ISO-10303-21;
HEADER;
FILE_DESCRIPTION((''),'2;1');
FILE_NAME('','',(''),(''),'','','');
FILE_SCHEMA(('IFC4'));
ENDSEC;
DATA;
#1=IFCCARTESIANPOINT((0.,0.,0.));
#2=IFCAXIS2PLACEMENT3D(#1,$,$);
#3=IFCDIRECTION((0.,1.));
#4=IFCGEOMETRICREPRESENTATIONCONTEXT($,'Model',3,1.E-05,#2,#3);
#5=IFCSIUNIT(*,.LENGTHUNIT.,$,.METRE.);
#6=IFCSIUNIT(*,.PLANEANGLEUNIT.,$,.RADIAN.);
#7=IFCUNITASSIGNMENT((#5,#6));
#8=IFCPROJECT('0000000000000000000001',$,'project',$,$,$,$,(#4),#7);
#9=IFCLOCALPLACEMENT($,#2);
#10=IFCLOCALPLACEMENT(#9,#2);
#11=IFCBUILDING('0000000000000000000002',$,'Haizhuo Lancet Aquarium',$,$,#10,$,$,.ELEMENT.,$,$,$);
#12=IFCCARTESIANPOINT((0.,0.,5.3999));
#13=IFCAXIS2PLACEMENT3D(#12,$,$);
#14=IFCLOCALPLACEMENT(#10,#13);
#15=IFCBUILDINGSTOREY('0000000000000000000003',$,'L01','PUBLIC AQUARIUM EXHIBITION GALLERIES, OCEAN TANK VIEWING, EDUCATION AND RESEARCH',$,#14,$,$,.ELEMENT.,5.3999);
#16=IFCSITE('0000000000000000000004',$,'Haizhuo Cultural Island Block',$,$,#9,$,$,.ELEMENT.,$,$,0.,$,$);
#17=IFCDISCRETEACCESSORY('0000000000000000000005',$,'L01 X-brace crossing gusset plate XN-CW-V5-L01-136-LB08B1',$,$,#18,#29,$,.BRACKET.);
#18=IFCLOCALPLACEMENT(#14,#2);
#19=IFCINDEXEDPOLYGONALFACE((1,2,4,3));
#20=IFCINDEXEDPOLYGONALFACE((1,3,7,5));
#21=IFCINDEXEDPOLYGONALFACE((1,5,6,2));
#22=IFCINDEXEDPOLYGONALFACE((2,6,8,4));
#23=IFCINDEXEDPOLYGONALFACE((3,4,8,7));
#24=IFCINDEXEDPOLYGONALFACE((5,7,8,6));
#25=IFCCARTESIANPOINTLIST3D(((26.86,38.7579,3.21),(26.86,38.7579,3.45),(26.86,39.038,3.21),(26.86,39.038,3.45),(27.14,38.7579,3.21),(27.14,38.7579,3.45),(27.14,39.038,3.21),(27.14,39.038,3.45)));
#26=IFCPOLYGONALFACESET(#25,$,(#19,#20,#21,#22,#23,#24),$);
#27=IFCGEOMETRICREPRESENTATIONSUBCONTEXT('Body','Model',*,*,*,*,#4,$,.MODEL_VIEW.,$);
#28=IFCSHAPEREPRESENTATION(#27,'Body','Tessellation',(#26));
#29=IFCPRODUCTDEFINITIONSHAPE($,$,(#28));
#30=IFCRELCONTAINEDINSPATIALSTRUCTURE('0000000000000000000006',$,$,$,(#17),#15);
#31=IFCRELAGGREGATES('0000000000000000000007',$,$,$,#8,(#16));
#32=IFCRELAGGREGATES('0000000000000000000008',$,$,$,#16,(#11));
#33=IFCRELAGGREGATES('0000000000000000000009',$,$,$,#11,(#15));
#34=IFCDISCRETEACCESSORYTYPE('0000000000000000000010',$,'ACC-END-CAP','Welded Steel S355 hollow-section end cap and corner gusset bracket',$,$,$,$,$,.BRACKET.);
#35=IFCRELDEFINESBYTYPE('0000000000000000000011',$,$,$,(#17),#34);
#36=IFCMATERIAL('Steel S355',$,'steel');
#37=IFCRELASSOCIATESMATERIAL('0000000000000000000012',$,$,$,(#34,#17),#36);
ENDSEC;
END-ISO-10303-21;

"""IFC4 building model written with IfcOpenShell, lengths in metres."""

from ifc_helpers import new_model, si_unit, direction, frame, origin, origin_2d, place, context, subcontext, project, spatial, rectangle, extrude, material, type_object, element, save


model = new_model("IFC4")

# Units and contexts
model_context = context("Model", 3, precision=1e-05, world=origin(), true_north=direction((0.0, 1.0)))
body_context = subcontext(model_context, "Body", "Model", "MODEL_VIEW")
ifc_project = project(units=[si_unit("LENGTHUNIT", "METRE"), si_unit("PLANEANGLEUNIT", "RADIAN")], contexts=[model_context])

# Site, building, storey
site_placement = place(None, origin())
site = spatial("IfcSite", under=ifc_project, at=site_placement, Name="Haizhuo Cultural Island Block", CompositionType="ELEMENT", RefElevation=0.0)
building_placement = place(site_placement, origin())
building = spatial("IfcBuilding", under=site, at=building_placement, Name="Haizhuo Lancet Aquarium", CompositionType="ELEMENT")
storey_placement = place(building_placement, frame((0.0, 0.0, 5.3999)))
storey = spatial("IfcBuildingStorey", under=building, at=storey_placement, Name="L01", Description="PUBLIC AQUARIUM EXHIBITION GALLERIES, OCEAN TANK VIEWING, EDUCATION AND RESEARCH", CompositionType="ELEMENT", Elevation=5.3999)

# Shared definitions
ifc_material_1 = material(Name="Steel S355", Category="steel")

# Discrete accessory
discrete_accessory_type = type_object("IfcDiscreteAccessoryType", Name="ACC-END-CAP", Description="Welded Steel S355 hollow-section end cap and corner gusset bracket", PredefinedType="BRACKET", material=ifc_material_1)
for number, where, z_axis, x_axis, name in (
    (1, (27.0, 38.8979, 3.21), (0.0, 0.0, 1.0), (1.0, 0.0, 0.0), "L01 X-brace crossing gusset plate XN-CW-V5-L01-136-LB08B1"),
):
    element("IfcDiscreteAccessory", number, at=place(storey_placement, frame(where, z_axis=z_axis, x_axis=x_axis)), inside=storey, type_object=discrete_accessory_type, material=ifc_material_1, Name=name, PredefinedType="BRACKET", context=body_context, shape_type="SweptSolid", body=[
        extrude(rectangle(XDim=0.28, YDim=0.28, at=origin_2d()), origin(), (0.0, 0.0, 1.0), 0.24),
    ])

save(model, "model.ifc")
